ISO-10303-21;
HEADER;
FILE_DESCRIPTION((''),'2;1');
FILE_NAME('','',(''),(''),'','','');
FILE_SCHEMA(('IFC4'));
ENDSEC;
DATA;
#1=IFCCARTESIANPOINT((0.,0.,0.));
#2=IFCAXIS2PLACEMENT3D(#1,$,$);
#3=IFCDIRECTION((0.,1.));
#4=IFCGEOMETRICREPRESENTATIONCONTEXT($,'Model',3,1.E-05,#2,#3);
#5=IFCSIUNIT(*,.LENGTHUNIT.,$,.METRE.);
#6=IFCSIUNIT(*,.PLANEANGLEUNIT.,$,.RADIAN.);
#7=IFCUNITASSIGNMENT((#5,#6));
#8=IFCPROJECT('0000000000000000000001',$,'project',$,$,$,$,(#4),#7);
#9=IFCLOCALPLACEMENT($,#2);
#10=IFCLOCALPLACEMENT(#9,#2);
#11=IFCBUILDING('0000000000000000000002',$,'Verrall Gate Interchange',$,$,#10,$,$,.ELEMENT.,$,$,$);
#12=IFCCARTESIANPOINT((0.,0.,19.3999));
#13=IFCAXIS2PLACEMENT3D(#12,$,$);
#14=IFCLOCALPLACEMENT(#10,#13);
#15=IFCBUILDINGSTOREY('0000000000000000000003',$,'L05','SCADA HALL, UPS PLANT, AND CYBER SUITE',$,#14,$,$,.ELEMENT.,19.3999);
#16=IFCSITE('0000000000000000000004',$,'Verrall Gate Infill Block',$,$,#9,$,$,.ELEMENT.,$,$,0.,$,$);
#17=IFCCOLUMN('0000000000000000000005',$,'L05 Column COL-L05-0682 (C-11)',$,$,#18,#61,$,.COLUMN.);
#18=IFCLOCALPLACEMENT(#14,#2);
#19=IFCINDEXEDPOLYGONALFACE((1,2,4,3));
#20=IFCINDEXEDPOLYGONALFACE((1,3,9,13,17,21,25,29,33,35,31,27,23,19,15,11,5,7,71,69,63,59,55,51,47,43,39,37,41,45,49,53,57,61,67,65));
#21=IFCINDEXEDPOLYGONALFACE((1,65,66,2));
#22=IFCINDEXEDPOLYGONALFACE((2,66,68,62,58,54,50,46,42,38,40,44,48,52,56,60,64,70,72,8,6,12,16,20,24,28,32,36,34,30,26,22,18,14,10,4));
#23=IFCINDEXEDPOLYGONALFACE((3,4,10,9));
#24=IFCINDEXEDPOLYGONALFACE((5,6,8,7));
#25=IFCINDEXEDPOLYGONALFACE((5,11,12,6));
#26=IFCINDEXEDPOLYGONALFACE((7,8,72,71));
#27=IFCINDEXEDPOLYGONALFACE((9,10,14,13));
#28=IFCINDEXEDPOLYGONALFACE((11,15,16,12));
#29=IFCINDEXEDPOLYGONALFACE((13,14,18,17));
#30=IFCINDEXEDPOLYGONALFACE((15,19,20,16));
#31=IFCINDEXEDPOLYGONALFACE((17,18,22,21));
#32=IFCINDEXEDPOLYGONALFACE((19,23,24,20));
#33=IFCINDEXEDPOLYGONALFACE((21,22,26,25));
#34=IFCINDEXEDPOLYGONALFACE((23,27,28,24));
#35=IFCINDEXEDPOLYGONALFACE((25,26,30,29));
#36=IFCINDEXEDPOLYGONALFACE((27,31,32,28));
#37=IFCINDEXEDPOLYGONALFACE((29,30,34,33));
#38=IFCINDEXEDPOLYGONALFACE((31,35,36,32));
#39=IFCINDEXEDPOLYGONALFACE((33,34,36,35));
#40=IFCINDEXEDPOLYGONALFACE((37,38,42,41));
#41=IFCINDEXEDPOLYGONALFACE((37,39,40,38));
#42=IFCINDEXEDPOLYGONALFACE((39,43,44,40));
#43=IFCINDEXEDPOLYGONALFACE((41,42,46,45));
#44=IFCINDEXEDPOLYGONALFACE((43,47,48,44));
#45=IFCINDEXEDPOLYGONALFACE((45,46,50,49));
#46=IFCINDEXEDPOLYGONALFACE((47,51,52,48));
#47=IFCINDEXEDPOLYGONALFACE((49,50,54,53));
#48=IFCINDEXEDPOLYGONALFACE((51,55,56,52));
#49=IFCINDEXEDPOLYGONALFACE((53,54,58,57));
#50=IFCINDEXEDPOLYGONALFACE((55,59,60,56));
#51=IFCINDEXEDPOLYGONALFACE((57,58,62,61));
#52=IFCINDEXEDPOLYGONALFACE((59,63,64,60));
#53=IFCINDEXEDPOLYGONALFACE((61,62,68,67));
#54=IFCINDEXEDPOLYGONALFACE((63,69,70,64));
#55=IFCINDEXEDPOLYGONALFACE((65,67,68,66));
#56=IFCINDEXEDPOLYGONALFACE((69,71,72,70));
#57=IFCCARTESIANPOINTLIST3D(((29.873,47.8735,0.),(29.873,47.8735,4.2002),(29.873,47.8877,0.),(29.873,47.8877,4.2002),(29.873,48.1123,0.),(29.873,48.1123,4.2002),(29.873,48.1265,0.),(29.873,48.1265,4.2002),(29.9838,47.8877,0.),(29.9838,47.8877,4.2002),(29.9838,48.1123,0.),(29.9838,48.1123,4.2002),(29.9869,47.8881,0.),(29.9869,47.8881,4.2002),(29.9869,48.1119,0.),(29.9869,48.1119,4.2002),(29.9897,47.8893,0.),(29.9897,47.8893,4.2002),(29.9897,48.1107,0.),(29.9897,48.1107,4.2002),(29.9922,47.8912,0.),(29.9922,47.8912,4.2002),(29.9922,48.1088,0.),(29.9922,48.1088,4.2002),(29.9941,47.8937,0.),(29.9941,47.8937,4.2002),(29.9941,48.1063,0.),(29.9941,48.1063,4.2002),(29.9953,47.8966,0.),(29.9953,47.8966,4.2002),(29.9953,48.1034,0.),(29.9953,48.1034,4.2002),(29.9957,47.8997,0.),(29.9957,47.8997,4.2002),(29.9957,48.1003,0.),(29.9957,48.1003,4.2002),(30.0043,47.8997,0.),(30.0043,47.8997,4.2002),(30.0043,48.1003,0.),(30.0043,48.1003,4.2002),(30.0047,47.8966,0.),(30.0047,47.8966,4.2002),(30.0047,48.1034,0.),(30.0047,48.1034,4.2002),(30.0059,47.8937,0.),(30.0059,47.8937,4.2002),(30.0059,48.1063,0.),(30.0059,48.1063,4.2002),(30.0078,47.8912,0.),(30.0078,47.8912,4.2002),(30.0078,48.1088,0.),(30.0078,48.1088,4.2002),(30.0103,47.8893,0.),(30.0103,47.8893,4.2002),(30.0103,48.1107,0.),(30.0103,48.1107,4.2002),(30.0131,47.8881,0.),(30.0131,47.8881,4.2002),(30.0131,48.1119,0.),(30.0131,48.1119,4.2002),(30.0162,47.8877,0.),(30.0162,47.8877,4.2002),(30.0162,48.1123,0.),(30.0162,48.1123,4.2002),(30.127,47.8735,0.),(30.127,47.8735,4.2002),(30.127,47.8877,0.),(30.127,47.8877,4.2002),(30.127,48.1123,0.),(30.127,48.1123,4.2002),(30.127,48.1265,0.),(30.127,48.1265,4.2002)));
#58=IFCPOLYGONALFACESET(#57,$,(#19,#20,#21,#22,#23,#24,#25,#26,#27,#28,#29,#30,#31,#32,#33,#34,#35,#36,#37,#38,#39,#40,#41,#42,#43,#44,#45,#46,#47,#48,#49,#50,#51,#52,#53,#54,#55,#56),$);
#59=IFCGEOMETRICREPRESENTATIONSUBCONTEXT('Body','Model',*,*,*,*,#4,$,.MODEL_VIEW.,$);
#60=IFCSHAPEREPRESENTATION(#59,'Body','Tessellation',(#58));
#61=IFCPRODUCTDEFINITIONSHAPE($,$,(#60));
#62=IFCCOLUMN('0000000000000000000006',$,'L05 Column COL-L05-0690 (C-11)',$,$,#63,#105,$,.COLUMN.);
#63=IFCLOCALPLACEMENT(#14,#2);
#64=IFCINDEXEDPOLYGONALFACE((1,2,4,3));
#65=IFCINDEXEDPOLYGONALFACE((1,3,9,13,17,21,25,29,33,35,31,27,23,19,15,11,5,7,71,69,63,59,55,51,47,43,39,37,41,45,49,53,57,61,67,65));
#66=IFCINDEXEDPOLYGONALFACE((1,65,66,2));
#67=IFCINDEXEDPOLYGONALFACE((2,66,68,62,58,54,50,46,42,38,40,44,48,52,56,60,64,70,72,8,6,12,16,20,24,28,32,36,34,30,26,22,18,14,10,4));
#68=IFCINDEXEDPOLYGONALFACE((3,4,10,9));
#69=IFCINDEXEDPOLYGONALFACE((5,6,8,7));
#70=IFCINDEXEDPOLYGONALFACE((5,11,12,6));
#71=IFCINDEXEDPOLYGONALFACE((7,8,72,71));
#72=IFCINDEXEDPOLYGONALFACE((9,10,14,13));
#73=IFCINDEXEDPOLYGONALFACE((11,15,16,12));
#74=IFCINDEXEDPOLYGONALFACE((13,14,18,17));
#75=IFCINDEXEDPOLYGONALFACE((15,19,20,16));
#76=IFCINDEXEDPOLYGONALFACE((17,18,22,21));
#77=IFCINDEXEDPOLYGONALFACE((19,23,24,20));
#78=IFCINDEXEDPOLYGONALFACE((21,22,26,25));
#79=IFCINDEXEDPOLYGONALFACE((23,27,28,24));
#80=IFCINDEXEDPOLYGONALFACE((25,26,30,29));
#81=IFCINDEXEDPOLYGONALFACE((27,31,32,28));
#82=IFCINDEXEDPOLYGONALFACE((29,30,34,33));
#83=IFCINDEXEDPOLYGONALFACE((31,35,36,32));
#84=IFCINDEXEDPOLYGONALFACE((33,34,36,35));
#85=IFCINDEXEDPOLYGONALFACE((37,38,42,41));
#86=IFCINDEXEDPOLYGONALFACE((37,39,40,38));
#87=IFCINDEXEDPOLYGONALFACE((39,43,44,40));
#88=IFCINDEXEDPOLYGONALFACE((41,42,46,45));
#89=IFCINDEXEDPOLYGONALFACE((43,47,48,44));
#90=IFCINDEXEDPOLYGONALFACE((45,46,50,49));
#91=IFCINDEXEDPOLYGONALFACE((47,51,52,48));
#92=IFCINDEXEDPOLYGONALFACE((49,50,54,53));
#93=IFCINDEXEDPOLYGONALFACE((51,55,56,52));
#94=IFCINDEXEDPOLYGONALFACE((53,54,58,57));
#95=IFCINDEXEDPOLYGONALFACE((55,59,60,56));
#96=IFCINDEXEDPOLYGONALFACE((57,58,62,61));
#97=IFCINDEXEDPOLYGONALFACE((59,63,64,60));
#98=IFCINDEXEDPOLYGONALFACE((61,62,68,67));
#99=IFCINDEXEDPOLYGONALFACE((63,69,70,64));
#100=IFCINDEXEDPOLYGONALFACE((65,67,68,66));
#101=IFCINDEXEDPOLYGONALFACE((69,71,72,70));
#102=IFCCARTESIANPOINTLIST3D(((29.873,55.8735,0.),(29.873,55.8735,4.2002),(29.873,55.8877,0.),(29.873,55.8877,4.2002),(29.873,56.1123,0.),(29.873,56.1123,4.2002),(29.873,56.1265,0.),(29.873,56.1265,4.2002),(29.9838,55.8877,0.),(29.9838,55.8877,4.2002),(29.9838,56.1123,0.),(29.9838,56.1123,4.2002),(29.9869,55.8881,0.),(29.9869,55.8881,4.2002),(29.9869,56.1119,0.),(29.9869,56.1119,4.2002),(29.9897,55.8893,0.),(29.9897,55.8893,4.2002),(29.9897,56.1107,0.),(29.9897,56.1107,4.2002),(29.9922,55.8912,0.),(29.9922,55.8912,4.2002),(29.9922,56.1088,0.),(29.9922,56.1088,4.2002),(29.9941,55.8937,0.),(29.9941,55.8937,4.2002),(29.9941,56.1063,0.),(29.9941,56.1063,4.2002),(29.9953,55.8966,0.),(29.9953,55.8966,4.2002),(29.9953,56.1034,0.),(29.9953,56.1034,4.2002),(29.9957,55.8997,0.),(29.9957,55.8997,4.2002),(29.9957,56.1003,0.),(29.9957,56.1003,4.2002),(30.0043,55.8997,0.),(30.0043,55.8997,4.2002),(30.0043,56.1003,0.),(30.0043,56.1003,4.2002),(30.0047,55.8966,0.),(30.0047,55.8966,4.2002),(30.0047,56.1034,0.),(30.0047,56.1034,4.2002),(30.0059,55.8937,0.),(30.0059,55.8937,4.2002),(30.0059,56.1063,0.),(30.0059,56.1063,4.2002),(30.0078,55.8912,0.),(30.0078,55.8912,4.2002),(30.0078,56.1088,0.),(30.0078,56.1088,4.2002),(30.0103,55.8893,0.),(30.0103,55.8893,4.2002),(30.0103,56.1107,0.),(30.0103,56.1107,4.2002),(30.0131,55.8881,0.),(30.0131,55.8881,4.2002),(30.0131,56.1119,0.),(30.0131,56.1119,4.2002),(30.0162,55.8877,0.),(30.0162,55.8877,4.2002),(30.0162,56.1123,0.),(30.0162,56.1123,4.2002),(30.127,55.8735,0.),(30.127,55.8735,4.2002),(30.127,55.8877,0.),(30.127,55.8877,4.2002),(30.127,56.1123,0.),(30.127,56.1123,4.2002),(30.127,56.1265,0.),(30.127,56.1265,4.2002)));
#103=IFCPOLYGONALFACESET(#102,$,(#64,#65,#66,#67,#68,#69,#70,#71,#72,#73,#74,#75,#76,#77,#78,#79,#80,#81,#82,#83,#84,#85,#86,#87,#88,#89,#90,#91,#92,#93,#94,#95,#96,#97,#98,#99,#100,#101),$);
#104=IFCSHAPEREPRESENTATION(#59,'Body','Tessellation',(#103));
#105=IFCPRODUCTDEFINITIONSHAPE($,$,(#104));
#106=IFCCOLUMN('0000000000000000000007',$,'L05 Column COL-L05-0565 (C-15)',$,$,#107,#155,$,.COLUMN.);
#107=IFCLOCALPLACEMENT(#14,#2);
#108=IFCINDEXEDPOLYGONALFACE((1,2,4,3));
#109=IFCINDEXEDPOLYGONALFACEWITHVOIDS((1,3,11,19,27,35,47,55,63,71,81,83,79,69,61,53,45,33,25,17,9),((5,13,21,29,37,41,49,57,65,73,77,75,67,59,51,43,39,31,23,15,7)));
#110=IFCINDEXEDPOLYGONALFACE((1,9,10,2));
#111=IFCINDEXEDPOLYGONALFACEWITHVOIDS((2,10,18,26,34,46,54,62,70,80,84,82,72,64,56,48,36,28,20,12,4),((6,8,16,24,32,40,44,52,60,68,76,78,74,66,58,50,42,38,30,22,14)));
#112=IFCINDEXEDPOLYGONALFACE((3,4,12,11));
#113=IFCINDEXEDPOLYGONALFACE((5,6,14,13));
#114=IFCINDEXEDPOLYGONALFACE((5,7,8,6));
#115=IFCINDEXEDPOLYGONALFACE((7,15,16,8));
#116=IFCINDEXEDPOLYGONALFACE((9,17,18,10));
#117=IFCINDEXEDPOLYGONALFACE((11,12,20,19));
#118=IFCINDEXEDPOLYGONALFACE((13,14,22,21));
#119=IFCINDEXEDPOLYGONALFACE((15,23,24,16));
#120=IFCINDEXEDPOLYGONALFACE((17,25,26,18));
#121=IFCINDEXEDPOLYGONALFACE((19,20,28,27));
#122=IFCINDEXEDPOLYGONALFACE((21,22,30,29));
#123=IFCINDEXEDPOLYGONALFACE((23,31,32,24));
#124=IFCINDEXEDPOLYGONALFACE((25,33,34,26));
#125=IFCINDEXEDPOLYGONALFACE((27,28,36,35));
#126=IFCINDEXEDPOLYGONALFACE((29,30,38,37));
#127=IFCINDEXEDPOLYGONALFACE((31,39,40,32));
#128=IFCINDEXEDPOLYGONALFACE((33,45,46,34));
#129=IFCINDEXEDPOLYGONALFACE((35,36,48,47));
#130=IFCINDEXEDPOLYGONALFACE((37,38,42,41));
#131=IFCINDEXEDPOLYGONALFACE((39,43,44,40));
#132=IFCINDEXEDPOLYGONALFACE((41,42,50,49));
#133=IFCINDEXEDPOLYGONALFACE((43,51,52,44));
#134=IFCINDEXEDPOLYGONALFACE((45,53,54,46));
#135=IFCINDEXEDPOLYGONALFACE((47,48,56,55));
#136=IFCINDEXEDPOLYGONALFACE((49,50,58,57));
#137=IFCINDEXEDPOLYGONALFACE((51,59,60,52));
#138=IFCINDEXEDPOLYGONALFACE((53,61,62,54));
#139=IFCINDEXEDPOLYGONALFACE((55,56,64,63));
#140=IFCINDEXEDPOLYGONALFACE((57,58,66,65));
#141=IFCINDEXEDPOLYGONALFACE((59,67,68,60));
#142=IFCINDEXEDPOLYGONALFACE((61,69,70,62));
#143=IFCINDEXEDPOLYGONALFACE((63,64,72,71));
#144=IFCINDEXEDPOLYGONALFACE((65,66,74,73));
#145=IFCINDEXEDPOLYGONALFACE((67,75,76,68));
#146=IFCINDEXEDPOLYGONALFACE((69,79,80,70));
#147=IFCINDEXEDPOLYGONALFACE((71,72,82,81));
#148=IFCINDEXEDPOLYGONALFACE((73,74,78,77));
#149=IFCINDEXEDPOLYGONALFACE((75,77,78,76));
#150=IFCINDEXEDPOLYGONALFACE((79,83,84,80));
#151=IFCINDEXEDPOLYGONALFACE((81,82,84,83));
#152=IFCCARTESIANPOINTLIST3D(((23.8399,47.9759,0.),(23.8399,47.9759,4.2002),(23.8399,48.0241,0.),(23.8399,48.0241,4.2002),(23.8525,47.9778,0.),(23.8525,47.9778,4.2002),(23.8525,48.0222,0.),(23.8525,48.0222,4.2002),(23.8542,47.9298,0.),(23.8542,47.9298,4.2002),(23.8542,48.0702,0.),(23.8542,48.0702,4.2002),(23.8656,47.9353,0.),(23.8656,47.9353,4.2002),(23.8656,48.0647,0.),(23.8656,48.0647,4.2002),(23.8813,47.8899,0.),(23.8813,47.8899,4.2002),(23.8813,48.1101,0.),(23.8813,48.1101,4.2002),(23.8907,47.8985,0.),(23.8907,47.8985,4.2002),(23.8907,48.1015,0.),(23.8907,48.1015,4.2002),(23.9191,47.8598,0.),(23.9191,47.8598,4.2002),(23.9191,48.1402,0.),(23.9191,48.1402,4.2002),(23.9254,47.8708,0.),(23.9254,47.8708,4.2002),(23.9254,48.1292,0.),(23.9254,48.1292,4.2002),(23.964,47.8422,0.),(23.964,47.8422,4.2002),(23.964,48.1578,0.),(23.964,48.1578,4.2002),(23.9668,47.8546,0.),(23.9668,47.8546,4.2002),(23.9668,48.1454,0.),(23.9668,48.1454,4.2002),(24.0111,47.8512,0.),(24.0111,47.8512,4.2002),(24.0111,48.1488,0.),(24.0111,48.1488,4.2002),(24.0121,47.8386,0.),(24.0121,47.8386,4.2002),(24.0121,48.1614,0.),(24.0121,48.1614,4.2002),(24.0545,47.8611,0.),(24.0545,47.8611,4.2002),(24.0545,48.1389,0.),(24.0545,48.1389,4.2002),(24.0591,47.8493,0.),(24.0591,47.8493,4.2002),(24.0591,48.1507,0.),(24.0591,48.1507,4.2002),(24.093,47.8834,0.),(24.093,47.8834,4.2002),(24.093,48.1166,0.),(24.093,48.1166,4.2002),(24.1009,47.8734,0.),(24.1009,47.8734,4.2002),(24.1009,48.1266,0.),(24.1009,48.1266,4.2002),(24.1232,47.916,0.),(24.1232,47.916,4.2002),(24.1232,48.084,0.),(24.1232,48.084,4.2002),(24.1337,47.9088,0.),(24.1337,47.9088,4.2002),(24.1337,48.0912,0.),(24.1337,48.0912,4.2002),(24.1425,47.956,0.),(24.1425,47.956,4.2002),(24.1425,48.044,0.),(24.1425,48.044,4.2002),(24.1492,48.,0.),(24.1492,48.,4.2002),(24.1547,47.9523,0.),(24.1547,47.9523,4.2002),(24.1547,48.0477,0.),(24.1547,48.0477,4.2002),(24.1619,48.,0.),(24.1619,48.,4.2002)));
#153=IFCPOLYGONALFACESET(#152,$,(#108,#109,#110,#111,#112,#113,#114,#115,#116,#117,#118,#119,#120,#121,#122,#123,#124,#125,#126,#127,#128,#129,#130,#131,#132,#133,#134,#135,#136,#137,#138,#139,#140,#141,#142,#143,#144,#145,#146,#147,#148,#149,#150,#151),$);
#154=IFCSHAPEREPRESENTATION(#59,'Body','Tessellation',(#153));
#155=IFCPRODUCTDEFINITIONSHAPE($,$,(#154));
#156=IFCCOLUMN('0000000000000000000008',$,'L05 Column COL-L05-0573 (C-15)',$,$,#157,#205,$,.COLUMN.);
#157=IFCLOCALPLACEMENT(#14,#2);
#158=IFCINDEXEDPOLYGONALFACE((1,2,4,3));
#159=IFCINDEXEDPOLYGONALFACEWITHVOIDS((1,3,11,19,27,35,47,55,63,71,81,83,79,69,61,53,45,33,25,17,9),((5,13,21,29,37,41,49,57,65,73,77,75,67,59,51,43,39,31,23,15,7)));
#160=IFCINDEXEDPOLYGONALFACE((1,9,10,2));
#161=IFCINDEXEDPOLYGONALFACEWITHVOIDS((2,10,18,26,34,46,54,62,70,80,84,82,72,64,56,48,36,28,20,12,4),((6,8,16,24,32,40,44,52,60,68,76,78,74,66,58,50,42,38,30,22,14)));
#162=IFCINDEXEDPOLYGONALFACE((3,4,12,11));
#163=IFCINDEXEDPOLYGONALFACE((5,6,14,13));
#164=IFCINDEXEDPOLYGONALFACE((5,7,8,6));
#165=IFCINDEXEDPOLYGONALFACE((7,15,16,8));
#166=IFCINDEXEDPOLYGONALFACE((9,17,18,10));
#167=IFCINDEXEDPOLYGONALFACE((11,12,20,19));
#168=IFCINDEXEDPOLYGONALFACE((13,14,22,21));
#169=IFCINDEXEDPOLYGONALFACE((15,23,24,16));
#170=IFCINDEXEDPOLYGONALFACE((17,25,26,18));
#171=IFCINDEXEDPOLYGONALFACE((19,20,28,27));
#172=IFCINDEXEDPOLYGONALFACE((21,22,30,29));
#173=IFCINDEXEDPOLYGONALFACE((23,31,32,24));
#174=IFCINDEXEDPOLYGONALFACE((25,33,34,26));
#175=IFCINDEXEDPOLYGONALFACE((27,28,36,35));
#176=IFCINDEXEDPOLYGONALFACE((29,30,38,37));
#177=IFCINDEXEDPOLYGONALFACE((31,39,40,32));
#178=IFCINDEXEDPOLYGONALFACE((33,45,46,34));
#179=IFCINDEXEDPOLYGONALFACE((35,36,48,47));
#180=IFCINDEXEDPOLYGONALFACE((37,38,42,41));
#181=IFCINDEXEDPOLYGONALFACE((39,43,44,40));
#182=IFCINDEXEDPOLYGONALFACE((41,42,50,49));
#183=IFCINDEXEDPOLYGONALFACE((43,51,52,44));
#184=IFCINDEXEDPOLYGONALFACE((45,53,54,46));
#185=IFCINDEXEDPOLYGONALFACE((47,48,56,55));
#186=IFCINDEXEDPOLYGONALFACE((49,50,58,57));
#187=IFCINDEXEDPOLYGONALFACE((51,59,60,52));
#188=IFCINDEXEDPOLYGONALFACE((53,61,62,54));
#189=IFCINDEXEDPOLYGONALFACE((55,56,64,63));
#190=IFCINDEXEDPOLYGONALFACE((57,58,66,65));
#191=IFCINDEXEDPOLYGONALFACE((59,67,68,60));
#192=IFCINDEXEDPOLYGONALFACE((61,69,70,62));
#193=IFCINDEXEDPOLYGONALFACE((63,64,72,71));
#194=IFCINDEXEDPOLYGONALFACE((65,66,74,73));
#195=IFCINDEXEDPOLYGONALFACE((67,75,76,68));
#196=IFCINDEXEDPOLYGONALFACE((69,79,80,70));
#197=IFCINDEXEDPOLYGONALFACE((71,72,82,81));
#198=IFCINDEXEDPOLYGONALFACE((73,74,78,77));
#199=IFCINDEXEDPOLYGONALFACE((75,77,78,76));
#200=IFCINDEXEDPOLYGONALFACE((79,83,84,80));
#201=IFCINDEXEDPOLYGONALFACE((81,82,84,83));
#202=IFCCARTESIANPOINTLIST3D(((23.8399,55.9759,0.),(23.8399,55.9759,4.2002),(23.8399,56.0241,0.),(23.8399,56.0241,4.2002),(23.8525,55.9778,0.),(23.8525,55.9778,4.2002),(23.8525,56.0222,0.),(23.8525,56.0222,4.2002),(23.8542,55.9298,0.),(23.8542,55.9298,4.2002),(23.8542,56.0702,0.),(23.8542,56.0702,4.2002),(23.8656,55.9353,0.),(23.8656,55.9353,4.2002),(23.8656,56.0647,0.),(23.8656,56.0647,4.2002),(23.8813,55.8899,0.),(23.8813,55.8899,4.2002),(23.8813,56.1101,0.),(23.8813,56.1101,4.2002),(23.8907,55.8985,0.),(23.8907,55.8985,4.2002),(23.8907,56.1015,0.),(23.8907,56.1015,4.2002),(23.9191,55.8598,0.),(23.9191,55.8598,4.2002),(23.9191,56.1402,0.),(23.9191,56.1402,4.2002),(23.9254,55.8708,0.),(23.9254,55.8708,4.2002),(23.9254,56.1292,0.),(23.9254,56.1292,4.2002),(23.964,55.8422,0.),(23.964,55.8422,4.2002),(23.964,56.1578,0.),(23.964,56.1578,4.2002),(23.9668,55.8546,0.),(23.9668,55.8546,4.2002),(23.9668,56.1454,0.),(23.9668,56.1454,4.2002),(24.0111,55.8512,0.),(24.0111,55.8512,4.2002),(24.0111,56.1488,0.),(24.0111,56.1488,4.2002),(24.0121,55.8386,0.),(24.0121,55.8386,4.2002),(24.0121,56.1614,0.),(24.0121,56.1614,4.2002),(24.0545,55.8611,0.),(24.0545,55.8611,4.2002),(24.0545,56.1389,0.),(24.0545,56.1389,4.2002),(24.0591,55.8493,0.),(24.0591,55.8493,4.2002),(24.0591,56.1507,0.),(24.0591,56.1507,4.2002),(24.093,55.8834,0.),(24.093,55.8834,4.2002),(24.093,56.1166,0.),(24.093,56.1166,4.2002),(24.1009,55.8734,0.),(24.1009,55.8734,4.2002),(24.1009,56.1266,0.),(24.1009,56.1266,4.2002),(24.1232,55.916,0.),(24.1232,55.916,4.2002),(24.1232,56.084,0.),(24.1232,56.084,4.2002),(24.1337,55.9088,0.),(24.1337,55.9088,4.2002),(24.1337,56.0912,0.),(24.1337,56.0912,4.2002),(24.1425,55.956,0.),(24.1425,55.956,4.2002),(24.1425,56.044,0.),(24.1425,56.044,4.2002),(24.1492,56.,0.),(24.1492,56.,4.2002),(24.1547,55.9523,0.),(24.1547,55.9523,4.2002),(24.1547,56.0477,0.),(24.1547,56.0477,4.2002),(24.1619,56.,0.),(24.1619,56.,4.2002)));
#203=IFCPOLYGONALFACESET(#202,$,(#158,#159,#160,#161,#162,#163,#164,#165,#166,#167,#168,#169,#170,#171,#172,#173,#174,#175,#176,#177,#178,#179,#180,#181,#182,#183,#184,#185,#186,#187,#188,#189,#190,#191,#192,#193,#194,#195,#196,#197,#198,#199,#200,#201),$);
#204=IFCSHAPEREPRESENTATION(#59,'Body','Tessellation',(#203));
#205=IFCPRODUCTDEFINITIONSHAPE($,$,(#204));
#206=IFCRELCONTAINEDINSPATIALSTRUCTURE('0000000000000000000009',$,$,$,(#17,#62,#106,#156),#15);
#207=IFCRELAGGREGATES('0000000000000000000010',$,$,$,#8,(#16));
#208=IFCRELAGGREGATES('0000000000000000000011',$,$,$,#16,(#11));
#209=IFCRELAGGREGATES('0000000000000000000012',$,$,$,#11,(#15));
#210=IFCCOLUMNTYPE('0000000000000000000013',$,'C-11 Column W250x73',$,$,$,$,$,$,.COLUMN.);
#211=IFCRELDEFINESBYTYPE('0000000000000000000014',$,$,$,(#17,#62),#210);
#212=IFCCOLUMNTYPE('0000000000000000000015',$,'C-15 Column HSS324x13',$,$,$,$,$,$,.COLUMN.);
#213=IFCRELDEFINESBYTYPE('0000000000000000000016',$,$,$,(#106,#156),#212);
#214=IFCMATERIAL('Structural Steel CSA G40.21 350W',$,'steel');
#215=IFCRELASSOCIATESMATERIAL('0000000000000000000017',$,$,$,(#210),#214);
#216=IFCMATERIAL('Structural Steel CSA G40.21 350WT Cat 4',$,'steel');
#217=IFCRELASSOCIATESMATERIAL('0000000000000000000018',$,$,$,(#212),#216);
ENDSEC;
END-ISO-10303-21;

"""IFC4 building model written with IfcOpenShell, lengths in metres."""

from ifc_helpers import new_model, si_unit, direction, frame, origin, origin_2d, place, context, subcontext, project, spatial, hollow_circle, i_section, extrude, material, material_profile, profile_set, type_object, element, save


model = new_model("IFC4")

# Units and contexts
model_context = context("Model", 3, precision=1e-05, world=origin(), true_north=direction((0.0, 1.0)))
body_context = subcontext(model_context, "Body", "Model", "MODEL_VIEW")
ifc_project = project(units=[si_unit("LENGTHUNIT", "METRE"), si_unit("PLANEANGLEUNIT", "RADIAN")], contexts=[model_context])

# Site, building, storey
site_placement = place(None, origin())
site = spatial("IfcSite", under=ifc_project, at=site_placement, Name="Verrall Gate Infill Block", CompositionType="ELEMENT", RefElevation=0.0)
building_placement = place(site_placement, origin())
building = spatial("IfcBuilding", under=site, at=building_placement, Name="Verrall Gate Interchange", CompositionType="ELEMENT")
storey_placement = place(building_placement, frame((0.0, 0.0, 19.3999)))
storey = spatial("IfcBuildingStorey", under=building, at=storey_placement, Name="L05", Description="SCADA HALL, UPS PLANT, AND CYBER SUITE", CompositionType="ELEMENT", Elevation=19.3999)

# Columns
ifc_material_1 = material(Name="Structural Steel CSA G40.21 350W", Category="steel")
ifc_material_profile_1 = material_profile(ifc_material_1, i_section(OverallWidth=0.2539, OverallDepth=0.2529, WebThickness=0.0085, FlangeThickness=0.0142, FilletRadius=0.012, at=origin_2d()), Name="W250x73")
ifc_profile_set_1 = profile_set([ifc_material_profile_1], Name="Structural Steel CSA G40.21 350W")
column_type_1 = type_object("IfcColumnType", Name="C-11 Column W250x73", PredefinedType="COLUMN", material=ifc_profile_set_1)
for number, where, z_axis, x_axis, name in (
    (1, (30.0, 48.0, 0.0), (0.0, 0.0, 1.0), (1.0, 0.0, 0.0), "L05 Column COL-L05-0682 (C-11)"),
    (2, (30.0, 56.0, 0.0), (0.0, 0.0, 1.0), (1.0, 0.0, 0.0), "L05 Column COL-L05-0690 (C-11)"),
):
    element("IfcColumn", number, at=place(storey_placement, frame(where, z_axis=z_axis, x_axis=x_axis)), inside=storey, type_object=column_type_1, Name=name, PredefinedType="COLUMN", context=body_context, shape_type="SweptSolid", body=[
        extrude(i_section(OverallWidth=0.2539, OverallDepth=0.2529, WebThickness=0.0085, FlangeThickness=0.0142, FilletRadius=0.012, at=origin_2d()), origin(), (0.0, 0.0, 1.0), 4.2002),
    ])
ifc_material_2 = material(Name="Structural Steel CSA G40.21 350WT Cat 4", Category="steel")
ifc_material_profile_2 = material_profile(ifc_material_2, hollow_circle(Radius=0.1619, WallThickness=0.0127, at=origin_2d()), Name="HSS324x13")
ifc_profile_set_2 = profile_set([ifc_material_profile_2], Name="Structural Steel CSA G40.21 350WT Cat 4")
column_type_2 = type_object("IfcColumnType", Name="C-15 Column HSS324x13", PredefinedType="COLUMN", material=ifc_profile_set_2)
for number, where, z_axis, x_axis, name in (
    (3, (24.0, 48.0, 0.0), (0.0, 0.0, 1.0), (1.0, 0.0, 0.0), "L05 Column COL-L05-0565 (C-15)"),
    (4, (24.0, 56.0, 0.0), (0.0, 0.0, 1.0), (1.0, 0.0, 0.0), "L05 Column COL-L05-0573 (C-15)"),
):
    element("IfcColumn", number, at=place(storey_placement, frame(where, z_axis=z_axis, x_axis=x_axis)), inside=storey, type_object=column_type_2, Name=name, PredefinedType="COLUMN", context=body_context, shape_type="SweptSolid", body=[
        extrude(hollow_circle(Radius=0.1619, WallThickness=0.0127, at=origin_2d()), origin(), (0.0, 0.0, 1.0), 4.2002),
    ])

save(model, "model.ifc")
